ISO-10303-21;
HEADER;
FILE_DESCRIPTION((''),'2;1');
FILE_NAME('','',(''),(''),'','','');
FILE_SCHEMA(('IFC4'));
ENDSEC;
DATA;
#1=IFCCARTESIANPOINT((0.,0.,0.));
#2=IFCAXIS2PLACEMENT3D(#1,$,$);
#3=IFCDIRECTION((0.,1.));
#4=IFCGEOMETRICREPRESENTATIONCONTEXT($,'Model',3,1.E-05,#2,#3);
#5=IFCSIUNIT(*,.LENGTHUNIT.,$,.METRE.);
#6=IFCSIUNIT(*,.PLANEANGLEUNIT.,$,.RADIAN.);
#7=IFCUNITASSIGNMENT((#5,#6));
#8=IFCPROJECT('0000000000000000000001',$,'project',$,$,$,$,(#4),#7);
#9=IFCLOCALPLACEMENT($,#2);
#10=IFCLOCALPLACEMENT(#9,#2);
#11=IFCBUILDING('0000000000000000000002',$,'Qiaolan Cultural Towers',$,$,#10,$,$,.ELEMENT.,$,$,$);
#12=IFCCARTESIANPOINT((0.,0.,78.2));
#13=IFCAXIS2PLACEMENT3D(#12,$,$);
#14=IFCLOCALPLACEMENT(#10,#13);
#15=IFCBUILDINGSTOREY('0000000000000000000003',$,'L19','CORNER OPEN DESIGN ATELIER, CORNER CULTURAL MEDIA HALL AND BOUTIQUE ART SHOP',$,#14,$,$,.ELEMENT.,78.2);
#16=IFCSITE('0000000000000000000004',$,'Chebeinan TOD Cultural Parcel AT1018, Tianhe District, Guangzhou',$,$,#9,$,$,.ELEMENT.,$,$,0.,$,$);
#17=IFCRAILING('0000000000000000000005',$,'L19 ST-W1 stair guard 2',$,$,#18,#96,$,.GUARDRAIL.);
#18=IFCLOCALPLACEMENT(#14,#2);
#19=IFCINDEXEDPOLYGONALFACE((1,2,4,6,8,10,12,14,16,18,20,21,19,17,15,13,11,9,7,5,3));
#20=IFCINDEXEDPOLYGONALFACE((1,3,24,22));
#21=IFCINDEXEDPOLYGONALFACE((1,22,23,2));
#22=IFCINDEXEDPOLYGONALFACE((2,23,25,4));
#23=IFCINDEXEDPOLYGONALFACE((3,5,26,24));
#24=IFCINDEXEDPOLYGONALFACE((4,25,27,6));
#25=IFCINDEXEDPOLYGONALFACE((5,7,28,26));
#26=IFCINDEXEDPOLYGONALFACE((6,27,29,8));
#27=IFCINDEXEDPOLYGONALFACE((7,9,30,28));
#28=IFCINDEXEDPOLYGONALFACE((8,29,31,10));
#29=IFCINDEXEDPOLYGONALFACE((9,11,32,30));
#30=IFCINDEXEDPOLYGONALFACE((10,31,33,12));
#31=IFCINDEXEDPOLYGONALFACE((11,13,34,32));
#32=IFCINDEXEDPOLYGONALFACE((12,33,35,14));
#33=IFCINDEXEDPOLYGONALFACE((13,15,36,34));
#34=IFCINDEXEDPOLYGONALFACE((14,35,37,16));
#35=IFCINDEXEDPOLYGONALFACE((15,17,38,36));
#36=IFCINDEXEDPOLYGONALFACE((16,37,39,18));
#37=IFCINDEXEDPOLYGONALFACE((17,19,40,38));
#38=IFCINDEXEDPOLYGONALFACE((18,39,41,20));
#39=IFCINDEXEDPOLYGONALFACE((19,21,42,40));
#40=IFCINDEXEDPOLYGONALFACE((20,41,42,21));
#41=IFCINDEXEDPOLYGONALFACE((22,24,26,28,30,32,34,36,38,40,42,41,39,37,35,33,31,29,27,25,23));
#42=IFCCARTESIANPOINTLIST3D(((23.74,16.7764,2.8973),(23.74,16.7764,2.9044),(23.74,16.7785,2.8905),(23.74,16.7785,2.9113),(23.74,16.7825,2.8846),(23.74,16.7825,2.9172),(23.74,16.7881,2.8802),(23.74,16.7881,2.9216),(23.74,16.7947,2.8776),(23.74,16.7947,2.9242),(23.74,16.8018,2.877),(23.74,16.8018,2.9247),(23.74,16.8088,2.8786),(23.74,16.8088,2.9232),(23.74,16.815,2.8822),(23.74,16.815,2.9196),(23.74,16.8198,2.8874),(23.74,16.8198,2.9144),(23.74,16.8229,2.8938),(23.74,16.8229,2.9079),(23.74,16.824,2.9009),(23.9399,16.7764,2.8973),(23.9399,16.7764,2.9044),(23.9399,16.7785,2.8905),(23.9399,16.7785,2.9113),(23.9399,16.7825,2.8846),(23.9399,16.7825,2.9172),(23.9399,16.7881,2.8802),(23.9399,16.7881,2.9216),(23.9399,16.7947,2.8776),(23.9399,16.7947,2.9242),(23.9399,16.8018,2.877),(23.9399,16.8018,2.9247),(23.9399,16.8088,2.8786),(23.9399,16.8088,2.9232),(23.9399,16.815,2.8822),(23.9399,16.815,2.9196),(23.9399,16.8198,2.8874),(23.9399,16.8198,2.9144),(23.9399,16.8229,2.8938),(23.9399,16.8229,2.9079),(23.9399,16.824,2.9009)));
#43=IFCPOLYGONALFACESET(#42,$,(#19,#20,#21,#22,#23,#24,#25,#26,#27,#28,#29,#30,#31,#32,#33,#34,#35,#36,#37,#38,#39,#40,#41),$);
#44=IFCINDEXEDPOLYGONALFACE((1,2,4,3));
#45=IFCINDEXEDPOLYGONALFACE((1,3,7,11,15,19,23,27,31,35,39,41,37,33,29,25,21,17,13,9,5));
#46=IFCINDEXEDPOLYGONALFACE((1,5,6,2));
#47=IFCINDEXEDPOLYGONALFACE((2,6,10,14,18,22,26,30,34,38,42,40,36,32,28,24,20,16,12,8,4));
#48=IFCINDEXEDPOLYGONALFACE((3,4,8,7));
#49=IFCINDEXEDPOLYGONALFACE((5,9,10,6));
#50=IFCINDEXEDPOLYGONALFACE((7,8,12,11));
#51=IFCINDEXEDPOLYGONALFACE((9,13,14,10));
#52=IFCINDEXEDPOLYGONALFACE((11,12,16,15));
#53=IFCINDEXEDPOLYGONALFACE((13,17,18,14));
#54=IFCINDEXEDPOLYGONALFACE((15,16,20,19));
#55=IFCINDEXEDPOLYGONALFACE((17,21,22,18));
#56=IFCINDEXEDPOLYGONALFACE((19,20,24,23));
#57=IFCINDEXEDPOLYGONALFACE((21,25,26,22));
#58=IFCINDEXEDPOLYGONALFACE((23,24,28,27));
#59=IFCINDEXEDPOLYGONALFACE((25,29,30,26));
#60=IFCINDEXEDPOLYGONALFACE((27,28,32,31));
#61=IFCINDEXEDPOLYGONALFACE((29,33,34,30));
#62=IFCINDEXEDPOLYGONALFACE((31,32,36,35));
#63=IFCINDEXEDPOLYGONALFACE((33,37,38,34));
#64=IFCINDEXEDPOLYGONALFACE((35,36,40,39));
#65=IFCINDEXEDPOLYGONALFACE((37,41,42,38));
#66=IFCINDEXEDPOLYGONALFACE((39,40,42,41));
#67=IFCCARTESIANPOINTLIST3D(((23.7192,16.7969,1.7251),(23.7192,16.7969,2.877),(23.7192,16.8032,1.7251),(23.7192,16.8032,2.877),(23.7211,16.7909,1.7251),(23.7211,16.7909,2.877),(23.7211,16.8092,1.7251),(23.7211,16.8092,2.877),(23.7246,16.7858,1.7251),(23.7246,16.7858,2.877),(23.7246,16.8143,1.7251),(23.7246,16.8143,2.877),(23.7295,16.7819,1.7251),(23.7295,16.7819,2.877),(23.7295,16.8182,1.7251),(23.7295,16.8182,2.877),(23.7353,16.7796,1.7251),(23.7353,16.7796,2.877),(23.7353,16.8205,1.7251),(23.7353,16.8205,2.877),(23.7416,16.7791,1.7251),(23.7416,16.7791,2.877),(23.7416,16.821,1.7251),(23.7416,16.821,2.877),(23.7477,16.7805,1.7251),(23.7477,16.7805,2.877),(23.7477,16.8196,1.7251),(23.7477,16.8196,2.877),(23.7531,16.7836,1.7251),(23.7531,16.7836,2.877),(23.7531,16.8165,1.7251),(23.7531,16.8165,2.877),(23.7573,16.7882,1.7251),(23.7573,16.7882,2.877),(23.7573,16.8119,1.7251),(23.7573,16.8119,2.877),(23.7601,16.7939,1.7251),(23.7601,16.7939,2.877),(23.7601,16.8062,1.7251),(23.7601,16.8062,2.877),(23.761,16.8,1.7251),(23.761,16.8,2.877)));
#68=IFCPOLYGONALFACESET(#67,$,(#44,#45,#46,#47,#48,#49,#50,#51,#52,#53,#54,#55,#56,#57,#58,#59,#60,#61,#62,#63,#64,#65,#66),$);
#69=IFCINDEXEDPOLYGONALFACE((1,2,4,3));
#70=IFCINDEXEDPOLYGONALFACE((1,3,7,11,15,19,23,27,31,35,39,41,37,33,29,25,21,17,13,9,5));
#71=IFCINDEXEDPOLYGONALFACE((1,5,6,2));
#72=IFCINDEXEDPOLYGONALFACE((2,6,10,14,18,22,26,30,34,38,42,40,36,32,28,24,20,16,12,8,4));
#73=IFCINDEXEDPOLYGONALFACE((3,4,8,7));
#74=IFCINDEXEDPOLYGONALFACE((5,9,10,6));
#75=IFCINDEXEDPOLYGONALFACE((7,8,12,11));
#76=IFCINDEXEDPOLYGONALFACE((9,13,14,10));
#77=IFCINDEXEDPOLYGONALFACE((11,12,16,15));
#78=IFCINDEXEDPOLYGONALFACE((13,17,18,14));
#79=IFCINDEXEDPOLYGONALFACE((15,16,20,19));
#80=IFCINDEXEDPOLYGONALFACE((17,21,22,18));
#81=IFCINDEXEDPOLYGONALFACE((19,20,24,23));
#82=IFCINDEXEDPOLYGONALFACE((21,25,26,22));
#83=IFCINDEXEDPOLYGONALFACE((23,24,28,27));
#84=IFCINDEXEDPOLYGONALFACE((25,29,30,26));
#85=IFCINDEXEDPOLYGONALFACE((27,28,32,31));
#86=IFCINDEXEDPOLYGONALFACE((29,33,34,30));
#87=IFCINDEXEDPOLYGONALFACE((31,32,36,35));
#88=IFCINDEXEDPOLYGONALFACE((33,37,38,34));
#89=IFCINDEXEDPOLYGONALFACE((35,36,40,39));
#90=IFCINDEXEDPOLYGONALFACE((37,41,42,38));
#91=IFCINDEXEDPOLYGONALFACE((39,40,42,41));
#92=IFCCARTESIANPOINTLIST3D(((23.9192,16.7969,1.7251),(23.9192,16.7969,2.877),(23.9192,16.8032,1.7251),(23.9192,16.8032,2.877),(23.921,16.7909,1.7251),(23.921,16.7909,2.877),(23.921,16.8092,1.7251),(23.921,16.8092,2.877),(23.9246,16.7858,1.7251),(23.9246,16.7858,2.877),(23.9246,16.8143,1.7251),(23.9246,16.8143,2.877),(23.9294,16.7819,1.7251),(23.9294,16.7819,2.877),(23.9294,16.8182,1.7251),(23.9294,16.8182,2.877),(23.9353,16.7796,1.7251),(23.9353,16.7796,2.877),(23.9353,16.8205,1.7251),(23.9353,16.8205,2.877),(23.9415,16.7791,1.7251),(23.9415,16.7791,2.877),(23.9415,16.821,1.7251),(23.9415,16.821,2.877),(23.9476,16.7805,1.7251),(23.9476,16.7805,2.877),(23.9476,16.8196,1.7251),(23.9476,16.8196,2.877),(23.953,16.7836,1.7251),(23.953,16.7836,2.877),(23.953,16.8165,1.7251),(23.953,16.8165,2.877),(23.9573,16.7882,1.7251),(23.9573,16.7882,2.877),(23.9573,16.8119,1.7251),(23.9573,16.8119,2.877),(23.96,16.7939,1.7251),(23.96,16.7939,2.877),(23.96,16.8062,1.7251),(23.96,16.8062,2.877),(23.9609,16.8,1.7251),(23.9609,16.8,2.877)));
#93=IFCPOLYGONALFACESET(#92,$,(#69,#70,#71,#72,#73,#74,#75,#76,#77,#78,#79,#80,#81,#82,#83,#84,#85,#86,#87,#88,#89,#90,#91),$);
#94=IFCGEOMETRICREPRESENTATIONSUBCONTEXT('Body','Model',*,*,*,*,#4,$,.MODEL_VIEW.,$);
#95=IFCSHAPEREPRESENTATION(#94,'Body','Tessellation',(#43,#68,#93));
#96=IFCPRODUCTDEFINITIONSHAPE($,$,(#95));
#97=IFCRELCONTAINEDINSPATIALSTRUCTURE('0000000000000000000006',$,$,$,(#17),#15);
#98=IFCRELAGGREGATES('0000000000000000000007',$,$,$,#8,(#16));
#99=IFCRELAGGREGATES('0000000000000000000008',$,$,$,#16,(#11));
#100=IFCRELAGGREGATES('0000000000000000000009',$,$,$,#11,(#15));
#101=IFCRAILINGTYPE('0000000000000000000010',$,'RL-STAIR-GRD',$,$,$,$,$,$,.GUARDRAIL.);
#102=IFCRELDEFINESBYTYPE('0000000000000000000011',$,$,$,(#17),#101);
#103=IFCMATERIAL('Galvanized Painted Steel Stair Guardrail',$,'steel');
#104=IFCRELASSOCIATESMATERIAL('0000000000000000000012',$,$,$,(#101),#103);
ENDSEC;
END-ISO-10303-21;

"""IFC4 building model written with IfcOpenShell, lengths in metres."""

from ifc_helpers import new_model, si_unit, direction, frame, origin, origin_2d, place, context, subcontext, project, spatial, circle, extrude, material, type_object, element, save


model = new_model("IFC4")

# Units and contexts
model_context = context("Model", 3, precision=1e-05, world=origin(), true_north=direction((0.0, 1.0)))
body_context = subcontext(model_context, "Body", "Model", "MODEL_VIEW")
ifc_project = project(units=[si_unit("LENGTHUNIT", "METRE"), si_unit("PLANEANGLEUNIT", "RADIAN")], contexts=[model_context])

# Site, building, storey
site_placement = place(None, origin())
site = spatial("IfcSite", under=ifc_project, at=site_placement, Name="Chebeinan TOD Cultural Parcel AT1018, Tianhe District, Guangzhou", CompositionType="ELEMENT", RefElevation=0.0)
building_placement = place(site_placement, origin())
building = spatial("IfcBuilding", under=site, at=building_placement, Name="Qiaolan Cultural Towers", CompositionType="ELEMENT")
storey_placement = place(building_placement, frame((0.0, 0.0, 78.2)))
storey = spatial("IfcBuildingStorey", under=building, at=storey_placement, Name="L19", Description="CORNER OPEN DESIGN ATELIER, CORNER CULTURAL MEDIA HALL AND BOUTIQUE ART SHOP", CompositionType="ELEMENT", Elevation=78.2)

# Railing
ifc_material_1 = material(Name="Galvanized Painted Steel Stair Guardrail", Category="steel")
railing_type_1 = type_object("IfcRailingType", Name="RL-STAIR-GRD", PredefinedType="GUARDRAIL", material=ifc_material_1)
railing_1_placement = place(storey_placement, frame((23.74, 16.8, 1.7251)))
element("IfcRailing", 1, at=railing_1_placement, inside=storey, type_object=railing_type_1, Name="L19 ST-W1 stair guard 2", PredefinedType="GUARDRAIL", context=body_context, shape_type="SweptSolid", body=[
    extrude(circle(Radius=0.0239, at=origin_2d()), frame((0.0, 0.0, 1.1758), z_axis=(1.0, 0.0, 0.0), x_axis=(0.0, 1.0, 0.0)), (0.0, 0.0, 1.0), 0.2),
    extrude(circle(Radius=0.021, at=origin_2d()), origin(), (0.0, 0.0, 1.0), 1.1519),
    extrude(circle(Radius=0.021, at=origin_2d()), frame((0.2, 0.0, 0.0)), (0.0, 0.0, 1.0), 1.1519),
])

save(model, "model.ifc")
